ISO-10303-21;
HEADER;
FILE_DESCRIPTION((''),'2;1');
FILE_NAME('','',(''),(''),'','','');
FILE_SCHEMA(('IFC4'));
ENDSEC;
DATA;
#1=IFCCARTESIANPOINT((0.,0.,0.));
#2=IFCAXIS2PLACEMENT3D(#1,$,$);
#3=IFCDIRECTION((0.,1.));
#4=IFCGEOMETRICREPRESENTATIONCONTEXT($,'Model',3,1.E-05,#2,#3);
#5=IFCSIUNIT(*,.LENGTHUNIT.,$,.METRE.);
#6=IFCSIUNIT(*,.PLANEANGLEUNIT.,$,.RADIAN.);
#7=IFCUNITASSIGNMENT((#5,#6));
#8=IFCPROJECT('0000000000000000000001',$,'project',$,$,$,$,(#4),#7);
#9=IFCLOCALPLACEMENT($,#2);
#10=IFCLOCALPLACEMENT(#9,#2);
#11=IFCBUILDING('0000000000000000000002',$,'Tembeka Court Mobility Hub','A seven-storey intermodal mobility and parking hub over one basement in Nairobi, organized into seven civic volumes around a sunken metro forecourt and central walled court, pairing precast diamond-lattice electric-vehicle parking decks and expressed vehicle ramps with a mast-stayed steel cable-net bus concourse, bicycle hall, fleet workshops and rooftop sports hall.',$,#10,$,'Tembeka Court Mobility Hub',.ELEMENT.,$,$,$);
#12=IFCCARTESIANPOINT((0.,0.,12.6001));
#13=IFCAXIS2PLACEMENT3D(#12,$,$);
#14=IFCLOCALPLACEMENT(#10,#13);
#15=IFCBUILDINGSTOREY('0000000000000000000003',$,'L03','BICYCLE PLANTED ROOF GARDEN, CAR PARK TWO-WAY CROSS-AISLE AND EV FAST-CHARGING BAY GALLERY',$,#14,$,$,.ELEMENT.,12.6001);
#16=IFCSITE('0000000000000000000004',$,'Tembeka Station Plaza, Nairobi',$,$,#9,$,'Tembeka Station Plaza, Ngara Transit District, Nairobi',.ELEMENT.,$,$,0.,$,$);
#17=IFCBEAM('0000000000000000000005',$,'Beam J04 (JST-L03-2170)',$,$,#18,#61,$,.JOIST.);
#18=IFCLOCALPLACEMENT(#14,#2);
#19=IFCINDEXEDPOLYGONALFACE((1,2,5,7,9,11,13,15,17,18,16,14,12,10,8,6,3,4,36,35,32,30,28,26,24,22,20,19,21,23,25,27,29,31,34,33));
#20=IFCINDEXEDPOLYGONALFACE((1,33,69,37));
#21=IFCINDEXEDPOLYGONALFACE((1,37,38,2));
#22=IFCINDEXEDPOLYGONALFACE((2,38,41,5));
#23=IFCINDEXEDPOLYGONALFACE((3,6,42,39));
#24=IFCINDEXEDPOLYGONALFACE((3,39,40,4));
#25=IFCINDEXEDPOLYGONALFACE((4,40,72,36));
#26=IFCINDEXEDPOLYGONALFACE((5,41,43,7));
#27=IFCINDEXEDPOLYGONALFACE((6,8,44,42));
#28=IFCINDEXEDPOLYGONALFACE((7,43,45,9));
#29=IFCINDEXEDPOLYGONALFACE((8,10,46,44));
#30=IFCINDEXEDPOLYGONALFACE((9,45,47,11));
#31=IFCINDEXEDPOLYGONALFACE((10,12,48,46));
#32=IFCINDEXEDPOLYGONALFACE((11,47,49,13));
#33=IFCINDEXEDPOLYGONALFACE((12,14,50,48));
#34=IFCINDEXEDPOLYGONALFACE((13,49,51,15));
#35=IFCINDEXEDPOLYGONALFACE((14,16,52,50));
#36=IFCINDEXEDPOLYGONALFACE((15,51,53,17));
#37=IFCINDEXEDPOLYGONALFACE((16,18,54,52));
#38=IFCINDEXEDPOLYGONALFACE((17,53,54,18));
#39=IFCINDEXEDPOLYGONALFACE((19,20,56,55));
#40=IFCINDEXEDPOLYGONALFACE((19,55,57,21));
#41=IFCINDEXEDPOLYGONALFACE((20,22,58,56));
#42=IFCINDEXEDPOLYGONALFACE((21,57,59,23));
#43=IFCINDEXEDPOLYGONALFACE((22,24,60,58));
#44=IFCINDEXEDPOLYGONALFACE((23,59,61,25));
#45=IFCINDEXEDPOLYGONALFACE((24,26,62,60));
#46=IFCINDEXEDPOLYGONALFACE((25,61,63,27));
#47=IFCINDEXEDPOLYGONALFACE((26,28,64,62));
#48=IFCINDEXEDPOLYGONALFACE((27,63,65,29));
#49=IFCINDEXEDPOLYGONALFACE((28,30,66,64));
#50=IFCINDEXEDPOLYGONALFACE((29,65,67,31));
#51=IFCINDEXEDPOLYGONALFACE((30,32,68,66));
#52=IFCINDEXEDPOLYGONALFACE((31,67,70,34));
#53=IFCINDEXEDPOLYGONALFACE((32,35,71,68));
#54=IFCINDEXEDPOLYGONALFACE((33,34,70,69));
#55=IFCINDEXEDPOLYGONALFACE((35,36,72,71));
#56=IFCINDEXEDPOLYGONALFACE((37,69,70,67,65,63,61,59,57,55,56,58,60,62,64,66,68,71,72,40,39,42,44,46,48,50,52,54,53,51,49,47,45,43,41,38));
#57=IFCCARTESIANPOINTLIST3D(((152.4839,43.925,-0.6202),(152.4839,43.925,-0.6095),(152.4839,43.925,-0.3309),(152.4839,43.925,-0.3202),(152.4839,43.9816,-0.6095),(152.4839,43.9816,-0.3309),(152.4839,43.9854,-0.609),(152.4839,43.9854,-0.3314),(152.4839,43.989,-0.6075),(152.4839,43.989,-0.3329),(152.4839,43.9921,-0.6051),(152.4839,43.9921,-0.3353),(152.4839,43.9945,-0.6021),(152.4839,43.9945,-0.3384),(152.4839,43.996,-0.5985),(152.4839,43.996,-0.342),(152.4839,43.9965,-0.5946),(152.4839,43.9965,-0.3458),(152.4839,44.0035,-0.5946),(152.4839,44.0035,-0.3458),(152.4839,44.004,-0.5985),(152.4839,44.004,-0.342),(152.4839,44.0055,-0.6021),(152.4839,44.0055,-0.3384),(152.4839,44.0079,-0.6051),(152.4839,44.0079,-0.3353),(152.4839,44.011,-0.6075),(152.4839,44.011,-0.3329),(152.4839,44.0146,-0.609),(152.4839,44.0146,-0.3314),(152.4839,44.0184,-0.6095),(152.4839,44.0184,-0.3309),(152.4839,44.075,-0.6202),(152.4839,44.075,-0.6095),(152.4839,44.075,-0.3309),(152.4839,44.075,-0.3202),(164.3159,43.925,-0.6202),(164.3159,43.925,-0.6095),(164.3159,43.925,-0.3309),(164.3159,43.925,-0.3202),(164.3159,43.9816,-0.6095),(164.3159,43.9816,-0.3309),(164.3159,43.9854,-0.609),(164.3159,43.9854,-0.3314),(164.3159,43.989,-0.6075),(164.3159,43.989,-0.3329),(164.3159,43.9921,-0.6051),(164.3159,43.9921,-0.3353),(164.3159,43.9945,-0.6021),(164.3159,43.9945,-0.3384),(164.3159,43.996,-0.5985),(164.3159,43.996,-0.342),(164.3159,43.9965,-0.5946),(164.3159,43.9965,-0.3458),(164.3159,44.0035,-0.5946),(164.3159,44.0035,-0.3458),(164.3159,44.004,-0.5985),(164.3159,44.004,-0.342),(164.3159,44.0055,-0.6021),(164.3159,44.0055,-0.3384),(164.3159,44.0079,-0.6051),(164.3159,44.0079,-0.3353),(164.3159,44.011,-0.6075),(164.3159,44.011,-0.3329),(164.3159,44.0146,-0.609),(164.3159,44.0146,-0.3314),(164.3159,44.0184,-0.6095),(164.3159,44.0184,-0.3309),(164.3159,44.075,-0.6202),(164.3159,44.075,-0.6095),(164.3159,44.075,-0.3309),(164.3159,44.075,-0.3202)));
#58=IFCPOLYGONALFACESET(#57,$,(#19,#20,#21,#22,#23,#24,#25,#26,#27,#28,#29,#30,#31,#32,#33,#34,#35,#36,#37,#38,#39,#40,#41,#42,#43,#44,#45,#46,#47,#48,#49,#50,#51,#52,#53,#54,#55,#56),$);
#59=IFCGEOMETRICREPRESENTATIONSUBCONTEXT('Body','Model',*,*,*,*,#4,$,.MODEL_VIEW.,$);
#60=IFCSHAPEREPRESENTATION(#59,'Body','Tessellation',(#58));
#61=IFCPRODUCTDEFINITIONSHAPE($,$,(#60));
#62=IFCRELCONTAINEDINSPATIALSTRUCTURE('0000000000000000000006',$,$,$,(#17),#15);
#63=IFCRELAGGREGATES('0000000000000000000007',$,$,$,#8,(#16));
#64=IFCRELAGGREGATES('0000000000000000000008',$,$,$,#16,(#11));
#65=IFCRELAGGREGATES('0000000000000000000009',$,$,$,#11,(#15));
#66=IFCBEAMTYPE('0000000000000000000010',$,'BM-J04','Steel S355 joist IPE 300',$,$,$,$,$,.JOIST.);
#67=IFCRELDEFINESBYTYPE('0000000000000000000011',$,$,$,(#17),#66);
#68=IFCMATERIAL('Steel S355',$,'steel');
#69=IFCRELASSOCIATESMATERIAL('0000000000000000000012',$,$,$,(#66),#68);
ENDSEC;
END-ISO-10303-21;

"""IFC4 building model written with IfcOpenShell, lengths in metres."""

from ifc_helpers import new_model, si_unit, direction, frame, origin, origin_2d, place, context, subcontext, project, spatial, i_section, extrude, material, material_profile, profile_set, type_object, element, save


model = new_model("IFC4")

# Units and contexts
model_context = context("Model", 3, precision=1e-05, world=origin(), true_north=direction((0.0, 1.0)))
body_context = subcontext(model_context, "Body", "Model", "MODEL_VIEW")
ifc_project = project(units=[si_unit("LENGTHUNIT", "METRE"), si_unit("PLANEANGLEUNIT", "RADIAN")], contexts=[model_context])

# Site, building, storey
site_placement = place(None, origin())
site = spatial("IfcSite", under=ifc_project, at=site_placement, Name="Tembeka Station Plaza, Nairobi", LongName="Tembeka Station Plaza, Ngara Transit District, Nairobi", CompositionType="ELEMENT", RefElevation=0.0)
building_placement = place(site_placement, origin())
building = spatial("IfcBuilding", under=site, at=building_placement, Name="Tembeka Court Mobility Hub", Description="A seven-storey intermodal mobility and parking hub over one basement in Nairobi, organized into seven civic volumes around a sunken metro forecourt and central walled court, pairing precast diamond-lattice electric-vehicle parking decks and expressed vehicle ramps with a mast-stayed steel cable-net bus concourse, bicycle hall, fleet workshops and rooftop sports hall.", LongName="Tembeka Court Mobility Hub", CompositionType="ELEMENT")
storey_placement = place(building_placement, frame((0.0, 0.0, 12.6001)))
storey = spatial("IfcBuildingStorey", under=building, at=storey_placement, Name="L03", Description="BICYCLE PLANTED ROOF GARDEN, CAR PARK TWO-WAY CROSS-AISLE AND EV FAST-CHARGING BAY GALLERY", CompositionType="ELEMENT", Elevation=12.6001)

# Shared definitions
ifc_material_1 = material(Name="Steel S355", Category="steel")

# Beam
ifc_material_profile_1 = material_profile(ifc_material_1, i_section(OverallWidth=0.1499, OverallDepth=0.3, WebThickness=0.0071, FlangeThickness=0.0107, FilletRadius=0.0149, at=origin_2d()), Name="IPE 300")
ifc_profile_set_1 = profile_set([ifc_material_profile_1], Name="Steel S355")
beam_type_1 = type_object("IfcBeamType", Name="BM-J04", Description="Steel S355 joist IPE 300", PredefinedType="JOIST", material=ifc_profile_set_1)
for number, where, z_axis, x_axis, name in (
    (1, (152.4839, 44.0, -0.4702), (1.0, 0.0, 0.0), (0.0, 1.0, 0.0), "Beam J04 (JST-L03-2170)"),
):
    element("IfcBeam", number, at=place(storey_placement, frame(where, z_axis=z_axis, x_axis=x_axis)), inside=storey, type_object=beam_type_1, Name=name, PredefinedType="JOIST", context=body_context, shape_type="SweptSolid", body=[
        extrude(i_section(OverallWidth=0.1499, OverallDepth=0.3, WebThickness=0.0071, FlangeThickness=0.0107, FilletRadius=0.0149, at=origin_2d()), origin(), (0.0, 0.0, 1.0), 11.832),
    ])

save(model, "model.ifc")
